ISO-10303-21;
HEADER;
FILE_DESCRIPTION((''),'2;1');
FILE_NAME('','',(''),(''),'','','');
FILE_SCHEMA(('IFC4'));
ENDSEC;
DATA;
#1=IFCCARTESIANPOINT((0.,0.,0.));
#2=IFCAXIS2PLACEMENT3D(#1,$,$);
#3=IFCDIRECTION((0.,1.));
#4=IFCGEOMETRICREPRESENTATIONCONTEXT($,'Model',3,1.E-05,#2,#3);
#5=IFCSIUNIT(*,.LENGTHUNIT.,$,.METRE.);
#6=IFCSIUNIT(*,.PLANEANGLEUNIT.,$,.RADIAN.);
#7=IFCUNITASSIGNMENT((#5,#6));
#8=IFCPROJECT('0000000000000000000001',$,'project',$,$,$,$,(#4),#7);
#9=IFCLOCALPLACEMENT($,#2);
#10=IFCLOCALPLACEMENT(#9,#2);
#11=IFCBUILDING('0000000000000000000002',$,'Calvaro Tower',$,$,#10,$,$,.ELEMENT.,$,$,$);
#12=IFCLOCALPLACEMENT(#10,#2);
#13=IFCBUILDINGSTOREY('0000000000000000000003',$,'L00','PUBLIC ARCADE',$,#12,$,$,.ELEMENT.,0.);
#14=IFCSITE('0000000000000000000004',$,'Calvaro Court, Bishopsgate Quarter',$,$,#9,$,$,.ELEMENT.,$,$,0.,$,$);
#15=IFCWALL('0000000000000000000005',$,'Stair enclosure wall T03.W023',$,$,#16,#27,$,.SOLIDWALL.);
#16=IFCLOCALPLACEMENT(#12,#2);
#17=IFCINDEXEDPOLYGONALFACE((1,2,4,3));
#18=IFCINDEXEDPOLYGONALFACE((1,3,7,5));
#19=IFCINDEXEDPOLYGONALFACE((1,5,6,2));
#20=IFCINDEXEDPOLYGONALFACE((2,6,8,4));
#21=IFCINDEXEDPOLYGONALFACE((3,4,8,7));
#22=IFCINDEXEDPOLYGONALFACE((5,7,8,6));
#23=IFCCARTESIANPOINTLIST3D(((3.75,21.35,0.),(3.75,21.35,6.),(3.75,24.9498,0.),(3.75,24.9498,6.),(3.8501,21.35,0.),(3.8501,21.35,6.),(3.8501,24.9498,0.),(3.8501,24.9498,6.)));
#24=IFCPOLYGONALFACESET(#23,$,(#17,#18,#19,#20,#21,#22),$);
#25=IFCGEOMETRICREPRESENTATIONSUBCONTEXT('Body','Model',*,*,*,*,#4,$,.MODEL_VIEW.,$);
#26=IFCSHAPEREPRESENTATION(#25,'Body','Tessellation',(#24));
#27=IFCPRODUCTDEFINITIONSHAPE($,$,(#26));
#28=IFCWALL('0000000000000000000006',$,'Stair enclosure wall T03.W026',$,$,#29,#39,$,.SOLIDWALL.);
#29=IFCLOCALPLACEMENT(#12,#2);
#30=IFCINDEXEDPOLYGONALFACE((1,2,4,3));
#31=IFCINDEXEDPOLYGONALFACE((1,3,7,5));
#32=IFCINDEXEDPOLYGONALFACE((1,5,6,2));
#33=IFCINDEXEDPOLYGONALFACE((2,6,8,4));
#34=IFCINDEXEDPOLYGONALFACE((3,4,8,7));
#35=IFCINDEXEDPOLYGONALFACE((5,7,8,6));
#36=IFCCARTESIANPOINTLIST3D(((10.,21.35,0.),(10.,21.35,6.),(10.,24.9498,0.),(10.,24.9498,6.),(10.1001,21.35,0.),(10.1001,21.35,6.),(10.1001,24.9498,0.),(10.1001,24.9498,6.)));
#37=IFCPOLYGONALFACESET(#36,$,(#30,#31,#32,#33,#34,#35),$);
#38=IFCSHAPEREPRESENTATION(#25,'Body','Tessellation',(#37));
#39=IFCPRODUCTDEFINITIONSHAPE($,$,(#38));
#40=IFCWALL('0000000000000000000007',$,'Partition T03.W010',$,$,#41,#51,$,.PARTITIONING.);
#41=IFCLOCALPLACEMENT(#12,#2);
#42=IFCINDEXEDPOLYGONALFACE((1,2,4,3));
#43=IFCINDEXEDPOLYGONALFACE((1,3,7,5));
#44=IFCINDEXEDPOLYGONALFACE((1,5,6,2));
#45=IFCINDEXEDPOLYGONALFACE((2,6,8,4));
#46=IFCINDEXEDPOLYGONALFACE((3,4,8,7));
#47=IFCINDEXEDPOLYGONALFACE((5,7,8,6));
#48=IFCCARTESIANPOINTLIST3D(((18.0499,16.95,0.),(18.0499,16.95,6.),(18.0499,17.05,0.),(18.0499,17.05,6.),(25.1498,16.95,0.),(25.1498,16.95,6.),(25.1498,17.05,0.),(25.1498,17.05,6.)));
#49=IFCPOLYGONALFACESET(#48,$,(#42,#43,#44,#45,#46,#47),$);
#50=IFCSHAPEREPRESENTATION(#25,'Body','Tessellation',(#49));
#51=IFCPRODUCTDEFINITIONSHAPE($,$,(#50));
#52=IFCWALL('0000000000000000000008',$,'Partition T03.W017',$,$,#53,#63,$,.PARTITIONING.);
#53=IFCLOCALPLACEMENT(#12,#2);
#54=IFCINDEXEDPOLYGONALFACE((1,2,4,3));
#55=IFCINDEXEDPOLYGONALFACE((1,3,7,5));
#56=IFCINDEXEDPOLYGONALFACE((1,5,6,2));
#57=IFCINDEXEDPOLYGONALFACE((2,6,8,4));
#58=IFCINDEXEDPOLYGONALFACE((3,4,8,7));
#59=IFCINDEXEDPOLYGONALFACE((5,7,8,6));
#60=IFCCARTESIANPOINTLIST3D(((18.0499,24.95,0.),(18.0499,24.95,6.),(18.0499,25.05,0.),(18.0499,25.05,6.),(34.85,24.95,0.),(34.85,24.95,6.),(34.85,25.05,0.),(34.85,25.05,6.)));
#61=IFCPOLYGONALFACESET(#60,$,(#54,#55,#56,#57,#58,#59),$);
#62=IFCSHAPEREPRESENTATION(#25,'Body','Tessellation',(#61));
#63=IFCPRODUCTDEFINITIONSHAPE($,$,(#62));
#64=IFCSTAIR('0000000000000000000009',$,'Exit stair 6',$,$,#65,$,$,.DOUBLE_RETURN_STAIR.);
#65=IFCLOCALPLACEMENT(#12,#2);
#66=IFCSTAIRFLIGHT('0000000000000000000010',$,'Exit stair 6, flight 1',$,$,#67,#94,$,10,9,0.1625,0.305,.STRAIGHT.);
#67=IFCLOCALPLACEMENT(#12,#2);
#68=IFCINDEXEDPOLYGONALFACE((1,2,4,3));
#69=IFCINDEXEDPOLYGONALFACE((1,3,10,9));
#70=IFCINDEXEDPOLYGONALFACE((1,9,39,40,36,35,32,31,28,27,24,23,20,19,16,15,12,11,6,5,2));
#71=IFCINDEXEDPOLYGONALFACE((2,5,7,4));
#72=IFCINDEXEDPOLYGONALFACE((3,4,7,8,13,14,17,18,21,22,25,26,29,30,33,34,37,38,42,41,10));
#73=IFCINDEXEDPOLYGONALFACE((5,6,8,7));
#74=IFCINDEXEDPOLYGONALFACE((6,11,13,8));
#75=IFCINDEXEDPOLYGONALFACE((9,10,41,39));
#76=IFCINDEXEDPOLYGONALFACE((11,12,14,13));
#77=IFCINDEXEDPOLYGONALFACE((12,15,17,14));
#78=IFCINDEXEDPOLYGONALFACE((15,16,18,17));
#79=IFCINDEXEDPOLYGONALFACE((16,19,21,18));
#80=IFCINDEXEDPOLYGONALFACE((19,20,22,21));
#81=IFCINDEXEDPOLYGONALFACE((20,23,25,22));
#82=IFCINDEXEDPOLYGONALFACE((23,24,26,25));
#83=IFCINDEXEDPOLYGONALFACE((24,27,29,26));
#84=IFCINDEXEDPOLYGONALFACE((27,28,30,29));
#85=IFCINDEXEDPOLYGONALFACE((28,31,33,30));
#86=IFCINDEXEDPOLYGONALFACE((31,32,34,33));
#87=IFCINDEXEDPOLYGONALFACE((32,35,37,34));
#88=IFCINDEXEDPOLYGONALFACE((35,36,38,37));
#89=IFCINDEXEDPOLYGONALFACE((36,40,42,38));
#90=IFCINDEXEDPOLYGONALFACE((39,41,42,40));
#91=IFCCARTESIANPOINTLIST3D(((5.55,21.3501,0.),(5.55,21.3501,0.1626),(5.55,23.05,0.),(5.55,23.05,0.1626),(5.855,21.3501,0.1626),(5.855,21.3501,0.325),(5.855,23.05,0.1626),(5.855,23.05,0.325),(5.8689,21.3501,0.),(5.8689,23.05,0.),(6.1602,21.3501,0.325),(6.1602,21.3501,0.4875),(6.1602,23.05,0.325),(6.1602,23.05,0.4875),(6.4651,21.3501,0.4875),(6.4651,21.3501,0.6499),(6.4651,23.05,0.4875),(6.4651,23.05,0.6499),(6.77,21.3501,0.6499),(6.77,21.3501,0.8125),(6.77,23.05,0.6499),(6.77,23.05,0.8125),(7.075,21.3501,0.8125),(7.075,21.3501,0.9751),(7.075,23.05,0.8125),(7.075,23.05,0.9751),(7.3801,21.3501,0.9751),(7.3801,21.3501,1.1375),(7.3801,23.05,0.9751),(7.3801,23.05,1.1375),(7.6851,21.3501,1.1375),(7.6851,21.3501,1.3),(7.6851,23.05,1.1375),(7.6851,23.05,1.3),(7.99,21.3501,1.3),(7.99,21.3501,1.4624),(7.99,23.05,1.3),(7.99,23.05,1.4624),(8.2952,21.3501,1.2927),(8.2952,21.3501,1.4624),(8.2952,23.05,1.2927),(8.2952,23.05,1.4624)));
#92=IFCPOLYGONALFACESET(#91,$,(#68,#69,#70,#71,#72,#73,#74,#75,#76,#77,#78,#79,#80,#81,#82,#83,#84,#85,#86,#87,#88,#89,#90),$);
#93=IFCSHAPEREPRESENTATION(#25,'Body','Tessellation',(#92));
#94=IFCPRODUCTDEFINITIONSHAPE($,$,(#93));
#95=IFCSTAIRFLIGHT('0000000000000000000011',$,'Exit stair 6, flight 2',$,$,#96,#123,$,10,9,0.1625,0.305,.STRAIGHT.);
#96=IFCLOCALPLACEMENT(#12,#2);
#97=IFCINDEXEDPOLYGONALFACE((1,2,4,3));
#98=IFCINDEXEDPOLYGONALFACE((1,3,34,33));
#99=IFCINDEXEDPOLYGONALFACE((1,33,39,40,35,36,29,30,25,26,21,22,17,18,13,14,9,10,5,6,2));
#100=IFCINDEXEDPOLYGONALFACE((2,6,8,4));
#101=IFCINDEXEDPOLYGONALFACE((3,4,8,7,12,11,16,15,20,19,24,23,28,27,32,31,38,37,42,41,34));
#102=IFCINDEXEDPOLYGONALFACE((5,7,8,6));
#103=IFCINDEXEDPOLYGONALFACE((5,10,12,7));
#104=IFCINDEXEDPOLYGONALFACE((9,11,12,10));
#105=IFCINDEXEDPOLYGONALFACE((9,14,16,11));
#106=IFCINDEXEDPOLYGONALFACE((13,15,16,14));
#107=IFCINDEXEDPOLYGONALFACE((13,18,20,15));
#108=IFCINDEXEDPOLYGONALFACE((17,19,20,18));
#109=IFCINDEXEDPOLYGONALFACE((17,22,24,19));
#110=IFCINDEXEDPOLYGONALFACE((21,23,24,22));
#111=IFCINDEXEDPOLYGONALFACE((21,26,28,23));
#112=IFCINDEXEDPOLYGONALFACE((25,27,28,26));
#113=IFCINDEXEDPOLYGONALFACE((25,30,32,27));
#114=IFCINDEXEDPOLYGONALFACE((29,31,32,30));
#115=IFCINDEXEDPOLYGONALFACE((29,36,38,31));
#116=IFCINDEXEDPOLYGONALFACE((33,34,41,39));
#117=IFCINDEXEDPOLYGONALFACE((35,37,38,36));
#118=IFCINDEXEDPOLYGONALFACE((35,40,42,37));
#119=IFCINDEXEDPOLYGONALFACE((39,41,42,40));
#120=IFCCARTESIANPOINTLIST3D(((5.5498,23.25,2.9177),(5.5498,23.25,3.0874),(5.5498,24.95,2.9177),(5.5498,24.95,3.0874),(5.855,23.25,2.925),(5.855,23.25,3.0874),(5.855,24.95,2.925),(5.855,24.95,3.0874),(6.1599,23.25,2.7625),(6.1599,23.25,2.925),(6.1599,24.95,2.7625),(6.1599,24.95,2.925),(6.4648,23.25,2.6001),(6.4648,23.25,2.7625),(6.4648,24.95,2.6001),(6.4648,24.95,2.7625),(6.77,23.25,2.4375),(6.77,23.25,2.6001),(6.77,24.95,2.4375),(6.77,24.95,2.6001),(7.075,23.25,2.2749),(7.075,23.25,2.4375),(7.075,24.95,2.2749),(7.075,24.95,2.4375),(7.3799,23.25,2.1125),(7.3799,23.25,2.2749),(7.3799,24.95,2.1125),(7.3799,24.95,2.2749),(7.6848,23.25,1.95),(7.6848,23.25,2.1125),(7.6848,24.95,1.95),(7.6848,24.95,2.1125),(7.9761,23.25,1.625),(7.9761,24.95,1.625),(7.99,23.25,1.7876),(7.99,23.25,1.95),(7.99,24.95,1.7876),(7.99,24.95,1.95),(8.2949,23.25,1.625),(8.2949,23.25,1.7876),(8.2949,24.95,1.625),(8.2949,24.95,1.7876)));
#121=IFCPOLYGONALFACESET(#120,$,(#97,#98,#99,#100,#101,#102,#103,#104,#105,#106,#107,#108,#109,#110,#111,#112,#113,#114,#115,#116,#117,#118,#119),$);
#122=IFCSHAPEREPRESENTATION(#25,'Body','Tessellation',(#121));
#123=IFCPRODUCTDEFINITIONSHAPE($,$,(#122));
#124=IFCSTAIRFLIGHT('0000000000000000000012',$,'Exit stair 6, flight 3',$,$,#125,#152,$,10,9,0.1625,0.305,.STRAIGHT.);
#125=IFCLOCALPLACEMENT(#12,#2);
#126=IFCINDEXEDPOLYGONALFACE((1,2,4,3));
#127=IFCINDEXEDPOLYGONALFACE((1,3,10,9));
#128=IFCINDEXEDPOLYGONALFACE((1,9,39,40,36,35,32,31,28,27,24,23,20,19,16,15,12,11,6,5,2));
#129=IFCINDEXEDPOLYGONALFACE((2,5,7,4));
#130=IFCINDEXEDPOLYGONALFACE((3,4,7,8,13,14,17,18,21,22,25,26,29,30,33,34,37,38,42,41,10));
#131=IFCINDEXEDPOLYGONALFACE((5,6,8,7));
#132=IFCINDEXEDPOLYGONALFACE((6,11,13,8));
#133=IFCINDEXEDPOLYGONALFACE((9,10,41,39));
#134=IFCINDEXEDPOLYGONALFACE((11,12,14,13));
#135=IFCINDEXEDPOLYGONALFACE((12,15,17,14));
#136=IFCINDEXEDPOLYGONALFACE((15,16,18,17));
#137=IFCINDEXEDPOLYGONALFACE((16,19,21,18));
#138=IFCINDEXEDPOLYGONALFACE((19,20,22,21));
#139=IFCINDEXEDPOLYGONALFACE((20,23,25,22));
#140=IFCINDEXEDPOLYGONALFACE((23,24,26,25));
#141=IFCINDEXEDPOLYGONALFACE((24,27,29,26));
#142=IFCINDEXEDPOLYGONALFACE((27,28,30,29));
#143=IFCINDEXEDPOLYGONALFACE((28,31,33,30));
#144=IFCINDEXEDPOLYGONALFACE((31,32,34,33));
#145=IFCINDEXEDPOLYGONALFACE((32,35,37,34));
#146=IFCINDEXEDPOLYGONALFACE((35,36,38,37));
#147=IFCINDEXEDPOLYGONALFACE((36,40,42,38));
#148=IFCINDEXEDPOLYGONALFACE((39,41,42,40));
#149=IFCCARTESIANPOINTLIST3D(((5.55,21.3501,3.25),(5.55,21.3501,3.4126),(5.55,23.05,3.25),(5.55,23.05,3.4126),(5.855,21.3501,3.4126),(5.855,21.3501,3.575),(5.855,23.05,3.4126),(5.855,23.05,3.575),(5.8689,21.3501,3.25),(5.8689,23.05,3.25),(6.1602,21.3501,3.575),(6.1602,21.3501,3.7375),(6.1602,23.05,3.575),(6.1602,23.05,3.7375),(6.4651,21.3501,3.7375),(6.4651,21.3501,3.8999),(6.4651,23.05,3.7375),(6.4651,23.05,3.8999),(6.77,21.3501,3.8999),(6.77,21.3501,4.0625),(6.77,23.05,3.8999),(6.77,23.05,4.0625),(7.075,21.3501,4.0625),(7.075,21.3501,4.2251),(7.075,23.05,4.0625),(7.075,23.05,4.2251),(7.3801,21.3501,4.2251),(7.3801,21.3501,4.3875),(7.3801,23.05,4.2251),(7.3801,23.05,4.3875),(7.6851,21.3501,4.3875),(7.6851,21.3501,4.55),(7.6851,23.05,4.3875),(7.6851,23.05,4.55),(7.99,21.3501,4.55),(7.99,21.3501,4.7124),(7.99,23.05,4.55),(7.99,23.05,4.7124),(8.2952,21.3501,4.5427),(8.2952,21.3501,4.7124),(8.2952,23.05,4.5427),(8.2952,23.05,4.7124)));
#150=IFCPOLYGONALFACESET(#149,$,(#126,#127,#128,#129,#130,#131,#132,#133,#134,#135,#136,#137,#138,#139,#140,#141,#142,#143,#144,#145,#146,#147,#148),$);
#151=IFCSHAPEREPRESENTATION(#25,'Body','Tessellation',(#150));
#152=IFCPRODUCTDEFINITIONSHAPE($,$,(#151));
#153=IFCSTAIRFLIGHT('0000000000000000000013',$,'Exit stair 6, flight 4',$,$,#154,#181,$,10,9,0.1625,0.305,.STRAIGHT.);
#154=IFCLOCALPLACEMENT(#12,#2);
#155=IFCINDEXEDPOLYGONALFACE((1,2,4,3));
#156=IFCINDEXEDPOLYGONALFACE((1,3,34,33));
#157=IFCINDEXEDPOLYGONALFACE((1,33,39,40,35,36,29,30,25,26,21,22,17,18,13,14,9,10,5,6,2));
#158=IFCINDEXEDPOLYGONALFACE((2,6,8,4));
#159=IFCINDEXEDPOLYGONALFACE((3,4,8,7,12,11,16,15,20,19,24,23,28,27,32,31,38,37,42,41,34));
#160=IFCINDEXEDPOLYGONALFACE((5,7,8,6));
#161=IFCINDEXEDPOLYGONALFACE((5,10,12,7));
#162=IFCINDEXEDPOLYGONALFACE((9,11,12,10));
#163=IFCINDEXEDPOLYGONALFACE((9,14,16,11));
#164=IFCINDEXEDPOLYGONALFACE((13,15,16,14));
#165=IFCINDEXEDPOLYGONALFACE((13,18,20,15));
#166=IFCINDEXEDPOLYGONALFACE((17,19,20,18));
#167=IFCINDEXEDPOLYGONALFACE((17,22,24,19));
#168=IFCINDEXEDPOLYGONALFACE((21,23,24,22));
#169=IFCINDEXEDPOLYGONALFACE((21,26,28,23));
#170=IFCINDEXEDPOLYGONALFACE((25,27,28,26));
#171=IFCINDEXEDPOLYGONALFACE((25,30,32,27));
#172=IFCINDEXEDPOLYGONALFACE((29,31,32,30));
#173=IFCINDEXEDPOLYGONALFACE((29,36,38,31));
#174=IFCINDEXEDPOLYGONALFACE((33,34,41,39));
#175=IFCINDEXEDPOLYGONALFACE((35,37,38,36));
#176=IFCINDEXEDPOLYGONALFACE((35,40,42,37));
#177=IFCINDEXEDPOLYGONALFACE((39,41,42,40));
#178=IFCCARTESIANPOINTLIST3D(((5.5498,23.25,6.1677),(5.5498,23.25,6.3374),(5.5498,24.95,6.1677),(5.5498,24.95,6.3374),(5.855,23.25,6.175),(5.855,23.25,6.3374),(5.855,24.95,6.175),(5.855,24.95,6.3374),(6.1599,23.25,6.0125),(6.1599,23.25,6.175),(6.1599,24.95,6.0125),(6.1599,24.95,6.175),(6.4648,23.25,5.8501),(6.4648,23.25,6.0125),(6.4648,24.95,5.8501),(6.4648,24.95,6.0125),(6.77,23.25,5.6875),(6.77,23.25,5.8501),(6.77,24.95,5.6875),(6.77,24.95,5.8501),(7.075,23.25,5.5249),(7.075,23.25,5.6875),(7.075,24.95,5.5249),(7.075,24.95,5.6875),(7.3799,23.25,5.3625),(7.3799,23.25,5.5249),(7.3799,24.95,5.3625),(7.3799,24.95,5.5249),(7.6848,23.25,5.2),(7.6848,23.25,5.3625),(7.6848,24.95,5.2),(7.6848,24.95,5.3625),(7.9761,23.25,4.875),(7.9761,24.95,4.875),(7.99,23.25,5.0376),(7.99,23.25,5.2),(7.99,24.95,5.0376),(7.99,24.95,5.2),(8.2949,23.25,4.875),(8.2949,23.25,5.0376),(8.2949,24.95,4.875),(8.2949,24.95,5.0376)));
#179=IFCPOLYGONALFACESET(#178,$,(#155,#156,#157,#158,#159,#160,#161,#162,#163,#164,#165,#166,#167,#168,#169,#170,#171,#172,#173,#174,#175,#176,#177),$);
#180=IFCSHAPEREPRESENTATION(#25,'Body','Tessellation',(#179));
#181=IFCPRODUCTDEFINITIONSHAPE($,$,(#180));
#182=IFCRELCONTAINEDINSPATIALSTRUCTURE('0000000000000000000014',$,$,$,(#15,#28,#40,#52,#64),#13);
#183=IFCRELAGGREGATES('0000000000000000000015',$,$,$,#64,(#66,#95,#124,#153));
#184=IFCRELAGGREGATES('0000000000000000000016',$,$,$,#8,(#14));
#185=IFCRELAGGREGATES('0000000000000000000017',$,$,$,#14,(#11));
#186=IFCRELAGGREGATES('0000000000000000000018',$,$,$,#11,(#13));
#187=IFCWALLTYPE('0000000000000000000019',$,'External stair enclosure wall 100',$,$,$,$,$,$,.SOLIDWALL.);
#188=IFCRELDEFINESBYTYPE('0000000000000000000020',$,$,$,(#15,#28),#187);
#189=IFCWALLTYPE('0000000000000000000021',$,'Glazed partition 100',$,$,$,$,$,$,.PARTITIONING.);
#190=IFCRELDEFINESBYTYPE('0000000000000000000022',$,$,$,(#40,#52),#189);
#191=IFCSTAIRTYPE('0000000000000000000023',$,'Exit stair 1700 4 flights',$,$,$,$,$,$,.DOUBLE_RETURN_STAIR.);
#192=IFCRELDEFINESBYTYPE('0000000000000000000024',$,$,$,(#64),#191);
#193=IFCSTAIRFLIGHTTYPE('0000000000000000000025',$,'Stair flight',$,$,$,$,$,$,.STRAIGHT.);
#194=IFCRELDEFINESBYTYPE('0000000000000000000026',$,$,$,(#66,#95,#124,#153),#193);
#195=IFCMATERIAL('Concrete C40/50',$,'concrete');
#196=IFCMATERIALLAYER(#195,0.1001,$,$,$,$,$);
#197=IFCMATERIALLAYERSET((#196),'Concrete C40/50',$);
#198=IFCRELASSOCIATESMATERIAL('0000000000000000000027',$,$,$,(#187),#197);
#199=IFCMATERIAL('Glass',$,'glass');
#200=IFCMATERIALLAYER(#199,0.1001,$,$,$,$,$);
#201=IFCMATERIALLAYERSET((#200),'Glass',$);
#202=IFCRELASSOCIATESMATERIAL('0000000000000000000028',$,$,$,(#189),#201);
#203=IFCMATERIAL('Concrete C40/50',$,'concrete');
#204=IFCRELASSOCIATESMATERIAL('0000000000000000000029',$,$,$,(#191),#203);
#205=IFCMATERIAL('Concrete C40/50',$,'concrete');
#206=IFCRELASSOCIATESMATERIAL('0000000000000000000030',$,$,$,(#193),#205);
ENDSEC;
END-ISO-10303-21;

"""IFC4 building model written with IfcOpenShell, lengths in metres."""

from ifc_helpers import new_model, si_unit, direction, frame, frame_2d, origin, place, context, subcontext, project, spatial, polyline, rectangle, outline, extrude, material, layer, layer_set, type_object, element, aggregate, save


model = new_model("IFC4")

# Units and contexts
model_context = context("Model", 3, precision=1e-05, world=origin(), true_north=direction((0.0, 1.0)))
body_context = subcontext(model_context, "Body", "Model", "MODEL_VIEW")
ifc_project = project(units=[si_unit("LENGTHUNIT", "METRE"), si_unit("PLANEANGLEUNIT", "RADIAN")], contexts=[model_context])

# Site, building, storey
site_placement = place(None, origin())
site = spatial("IfcSite", under=ifc_project, at=site_placement, Name="Calvaro Court, Bishopsgate Quarter", CompositionType="ELEMENT", RefElevation=0.0)
building_placement = place(site_placement, origin())
building = spatial("IfcBuilding", under=site, at=building_placement, Name="Calvaro Tower", CompositionType="ELEMENT")
storey_placement = place(building_placement, origin())
storey = spatial("IfcBuildingStorey", under=building, at=storey_placement, Name="L00", Description="PUBLIC ARCADE", CompositionType="ELEMENT", Elevation=0.0)

# Shared definitions
ifc_material_1 = material(Name="Concrete C40/50", Category="concrete")
ifc_layer_1 = layer(ifc_material_1, 0.1001)
ifc_layer_set_1 = layer_set([ifc_layer_1], Name="Concrete C40/50")
wall_type_1 = type_object("IfcWallType", Name="External stair enclosure wall 100", PredefinedType="SOLIDWALL", material=ifc_layer_set_1)

# Walls
for number, where, z_axis, x_axis, name in (
    (1, (3.8, 21.3501, 0.0), (0.0, 0.0, 1.0), (0.0, 1.0, 0.0), "Stair enclosure wall T03.W023"),
    (2, (10.05, 21.3501, 0.0), (0.0, 0.0, 1.0), (0.0, 1.0, 0.0), "Stair enclosure wall T03.W026"),
):
    element("IfcWall", number, at=place(storey_placement, frame(where, z_axis=z_axis, x_axis=x_axis)), inside=storey, type_object=wall_type_1, Name=name, PredefinedType="SOLIDWALL", context=body_context, shape_type="SweptSolid", body=[
        extrude(rectangle(XDim=3.5999, YDim=0.1001, at=frame_2d((1.7998, 0.0))), origin(), (0.0, 0.0, 1.0), 6.0),
    ])
ifc_material_2 = material(Name="Glass", Category="glass")
ifc_layer_2 = layer(ifc_material_2, 0.1001)
ifc_layer_set_2 = layer_set([ifc_layer_2], Name="Glass")
wall_type_2 = type_object("IfcWallType", Name="Glazed partition 100", PredefinedType="PARTITIONING", material=ifc_layer_set_2)
wall_1_placement = place(storey_placement, frame((18.05, 17.0, 0.0), z_axis=(0.0, 0.0, 1.0), x_axis=(1.0, 0.0, 0.0)))
element("IfcWall", 3, at=wall_1_placement, inside=storey, type_object=wall_type_2, Name="Partition T03.W010", PredefinedType="PARTITIONING", context=body_context, shape_type="SweptSolid", body=[
    extrude(rectangle(XDim=7.0999, YDim=0.1001, at=frame_2d((3.5498, 0.0))), origin(), (0.0, 0.0, 1.0), 6.0),
])
wall_2_placement = place(storey_placement, frame((18.05, 25.0, 0.0), z_axis=(0.0, 0.0, 1.0), x_axis=(1.0, 0.0, 0.0)))
element("IfcWall", 4, at=wall_2_placement, inside=storey, type_object=wall_type_2, Name="Partition T03.W017", PredefinedType="PARTITIONING", context=body_context, shape_type="SweptSolid", body=[
    extrude(rectangle(XDim=16.8, YDim=0.1001, at=frame_2d((8.3999, 0.0))), origin(), (0.0, 0.0, 1.0), 6.0),
])

# Stair, stair flights
ifc_material_3 = material(Name="Concrete C40/50", Category="concrete")
stair_type = type_object("IfcStairType", Name="Exit stair 1700 4 flights", PredefinedType="DOUBLE_RETURN_STAIR", material=ifc_material_3)
stair_placement = place(storey_placement, origin())
stair = element("IfcStair", 5, at=stair_placement, inside=storey, type_object=stair_type, Name="Exit stair 6", PredefinedType="DOUBLE_RETURN_STAIR")
ifc_material_4 = material(Name="Concrete C40/50", Category="concrete")
stair_flight_type = type_object("IfcStairFlightType", Name="Stair flight", PredefinedType="STRAIGHT", material=ifc_material_4)
stair_flight_1_placement = place(storey_placement, frame((5.55, 22.2, 0.0), z_axis=(0.0, 0.0, 1.0), x_axis=(1.0, 0.0, 0.0)))
stair_flight_1 = element("IfcStairFlight", 6, at=stair_flight_1_placement, type_object=stair_flight_type, Name="Exit stair 6, flight 1", NumberOfRisers=10, NumberOfTreads=9, PredefinedType="STRAIGHT", RiserHeight=0.1625, TreadLength=0.305, context=body_context, shape_type="SweptSolid", body=[
    extrude(outline(polyline([(0.0, 0.0), (0.0, 0.1626), (0.3049, 0.1626), (0.3049, 0.325), (0.6101, 0.325), (0.6101, 0.4875), (0.915, 0.4875), (0.915, 0.6499), (1.22, 0.6499), (1.22, 0.8125), (1.5249, 0.8125), (1.5249, 0.9751), (1.8301, 0.9751), (1.8301, 1.1375), (2.135, 1.1375), (2.135, 1.3), (2.4399, 1.3), (2.4399, 1.4624), (2.7451, 1.4624), (2.7451, 1.625), (2.7451, 1.2927), (0.3188, 0.0), (0.0, 0.0)])), frame((0.0, 0.8501, 0.0), z_axis=(0.0, -1.0, 0.0), x_axis=(1.0, 0.0, 0.0)), (0.0, 0.0, 1.0), 1.7),
])
stair_flight_2_placement = place(storey_placement, frame((8.2949, 24.1001, 1.625), z_axis=(0.0, 0.0, 1.0), x_axis=(-1.0, 0.0, 0.0)))
stair_flight_2 = element("IfcStairFlight", 7, at=stair_flight_2_placement, type_object=stair_flight_type, Name="Exit stair 6, flight 2", NumberOfRisers=10, NumberOfTreads=9, PredefinedType="STRAIGHT", RiserHeight=0.1625, TreadLength=0.305, context=body_context, shape_type="SweptSolid", body=[
    extrude(outline(polyline([(0.0, 0.0), (0.0, 0.1626), (0.3049, 0.1626), (0.3049, 0.325), (0.6101, 0.325), (0.6101, 0.4875), (0.915, 0.4875), (0.915, 0.6499), (1.22, 0.6499), (1.22, 0.8125), (1.5249, 0.8125), (1.5249, 0.9751), (1.8301, 0.9751), (1.8301, 1.1375), (2.135, 1.1375), (2.135, 1.3), (2.4399, 1.3), (2.4399, 1.4624), (2.7451, 1.4624), (2.7451, 1.625), (2.7451, 1.2927), (0.3188, 0.0), (0.0, 0.0)])), frame((0.0, 0.8501, 0.0), z_axis=(0.0, -1.0, 0.0), x_axis=(1.0, 0.0, 0.0)), (0.0, 0.0, 1.0), 1.7),
])
stair_flight_3_placement = place(storey_placement, frame((5.55, 22.2, 3.25), z_axis=(0.0, 0.0, 1.0), x_axis=(1.0, 0.0, 0.0)))
stair_flight_3 = element("IfcStairFlight", 8, at=stair_flight_3_placement, type_object=stair_flight_type, Name="Exit stair 6, flight 3", NumberOfRisers=10, NumberOfTreads=9, PredefinedType="STRAIGHT", RiserHeight=0.1625, TreadLength=0.305, context=body_context, shape_type="SweptSolid", body=[
    extrude(outline(polyline([(0.0, 0.0), (0.0, 0.1626), (0.3049, 0.1626), (0.3049, 0.325), (0.6101, 0.325), (0.6101, 0.4875), (0.915, 0.4875), (0.915, 0.6499), (1.22, 0.6499), (1.22, 0.8125), (1.5249, 0.8125), (1.5249, 0.9751), (1.8301, 0.9751), (1.8301, 1.1375), (2.135, 1.1375), (2.135, 1.3), (2.4399, 1.3), (2.4399, 1.4624), (2.7451, 1.4624), (2.7451, 1.625), (2.7451, 1.2927), (0.3188, 0.0), (0.0, 0.0)])), frame((0.0, 0.8501, 0.0), z_axis=(0.0, -1.0, 0.0), x_axis=(1.0, 0.0, 0.0)), (0.0, 0.0, 1.0), 1.7),
])
stair_flight_4_placement = place(storey_placement, frame((8.2949, 24.1001, 4.875), z_axis=(0.0, 0.0, 1.0), x_axis=(-1.0, 0.0, 0.0)))
stair_flight_4 = element("IfcStairFlight", 9, at=stair_flight_4_placement, type_object=stair_flight_type, Name="Exit stair 6, flight 4", NumberOfRisers=10, NumberOfTreads=9, PredefinedType="STRAIGHT", RiserHeight=0.1625, TreadLength=0.305, context=body_context, shape_type="SweptSolid", body=[
    extrude(outline(polyline([(0.0, 0.0), (0.0, 0.1626), (0.3049, 0.1626), (0.3049, 0.325), (0.6101, 0.325), (0.6101, 0.4875), (0.915, 0.4875), (0.915, 0.6499), (1.22, 0.6499), (1.22, 0.8125), (1.5249, 0.8125), (1.5249, 0.9751), (1.8301, 0.9751), (1.8301, 1.1375), (2.135, 1.1375), (2.135, 1.3), (2.4399, 1.3), (2.4399, 1.4624), (2.7451, 1.4624), (2.7451, 1.625), (2.7451, 1.2927), (0.3188, 0.0), (0.0, 0.0)])), frame((0.0, 0.8501, 0.0), z_axis=(0.0, -1.0, 0.0), x_axis=(1.0, 0.0, 0.0)), (0.0, 0.0, 1.0), 1.7),
])
aggregate(stair, [stair_flight_1, stair_flight_2, stair_flight_3, stair_flight_4])

save(model, "model.ifc")
